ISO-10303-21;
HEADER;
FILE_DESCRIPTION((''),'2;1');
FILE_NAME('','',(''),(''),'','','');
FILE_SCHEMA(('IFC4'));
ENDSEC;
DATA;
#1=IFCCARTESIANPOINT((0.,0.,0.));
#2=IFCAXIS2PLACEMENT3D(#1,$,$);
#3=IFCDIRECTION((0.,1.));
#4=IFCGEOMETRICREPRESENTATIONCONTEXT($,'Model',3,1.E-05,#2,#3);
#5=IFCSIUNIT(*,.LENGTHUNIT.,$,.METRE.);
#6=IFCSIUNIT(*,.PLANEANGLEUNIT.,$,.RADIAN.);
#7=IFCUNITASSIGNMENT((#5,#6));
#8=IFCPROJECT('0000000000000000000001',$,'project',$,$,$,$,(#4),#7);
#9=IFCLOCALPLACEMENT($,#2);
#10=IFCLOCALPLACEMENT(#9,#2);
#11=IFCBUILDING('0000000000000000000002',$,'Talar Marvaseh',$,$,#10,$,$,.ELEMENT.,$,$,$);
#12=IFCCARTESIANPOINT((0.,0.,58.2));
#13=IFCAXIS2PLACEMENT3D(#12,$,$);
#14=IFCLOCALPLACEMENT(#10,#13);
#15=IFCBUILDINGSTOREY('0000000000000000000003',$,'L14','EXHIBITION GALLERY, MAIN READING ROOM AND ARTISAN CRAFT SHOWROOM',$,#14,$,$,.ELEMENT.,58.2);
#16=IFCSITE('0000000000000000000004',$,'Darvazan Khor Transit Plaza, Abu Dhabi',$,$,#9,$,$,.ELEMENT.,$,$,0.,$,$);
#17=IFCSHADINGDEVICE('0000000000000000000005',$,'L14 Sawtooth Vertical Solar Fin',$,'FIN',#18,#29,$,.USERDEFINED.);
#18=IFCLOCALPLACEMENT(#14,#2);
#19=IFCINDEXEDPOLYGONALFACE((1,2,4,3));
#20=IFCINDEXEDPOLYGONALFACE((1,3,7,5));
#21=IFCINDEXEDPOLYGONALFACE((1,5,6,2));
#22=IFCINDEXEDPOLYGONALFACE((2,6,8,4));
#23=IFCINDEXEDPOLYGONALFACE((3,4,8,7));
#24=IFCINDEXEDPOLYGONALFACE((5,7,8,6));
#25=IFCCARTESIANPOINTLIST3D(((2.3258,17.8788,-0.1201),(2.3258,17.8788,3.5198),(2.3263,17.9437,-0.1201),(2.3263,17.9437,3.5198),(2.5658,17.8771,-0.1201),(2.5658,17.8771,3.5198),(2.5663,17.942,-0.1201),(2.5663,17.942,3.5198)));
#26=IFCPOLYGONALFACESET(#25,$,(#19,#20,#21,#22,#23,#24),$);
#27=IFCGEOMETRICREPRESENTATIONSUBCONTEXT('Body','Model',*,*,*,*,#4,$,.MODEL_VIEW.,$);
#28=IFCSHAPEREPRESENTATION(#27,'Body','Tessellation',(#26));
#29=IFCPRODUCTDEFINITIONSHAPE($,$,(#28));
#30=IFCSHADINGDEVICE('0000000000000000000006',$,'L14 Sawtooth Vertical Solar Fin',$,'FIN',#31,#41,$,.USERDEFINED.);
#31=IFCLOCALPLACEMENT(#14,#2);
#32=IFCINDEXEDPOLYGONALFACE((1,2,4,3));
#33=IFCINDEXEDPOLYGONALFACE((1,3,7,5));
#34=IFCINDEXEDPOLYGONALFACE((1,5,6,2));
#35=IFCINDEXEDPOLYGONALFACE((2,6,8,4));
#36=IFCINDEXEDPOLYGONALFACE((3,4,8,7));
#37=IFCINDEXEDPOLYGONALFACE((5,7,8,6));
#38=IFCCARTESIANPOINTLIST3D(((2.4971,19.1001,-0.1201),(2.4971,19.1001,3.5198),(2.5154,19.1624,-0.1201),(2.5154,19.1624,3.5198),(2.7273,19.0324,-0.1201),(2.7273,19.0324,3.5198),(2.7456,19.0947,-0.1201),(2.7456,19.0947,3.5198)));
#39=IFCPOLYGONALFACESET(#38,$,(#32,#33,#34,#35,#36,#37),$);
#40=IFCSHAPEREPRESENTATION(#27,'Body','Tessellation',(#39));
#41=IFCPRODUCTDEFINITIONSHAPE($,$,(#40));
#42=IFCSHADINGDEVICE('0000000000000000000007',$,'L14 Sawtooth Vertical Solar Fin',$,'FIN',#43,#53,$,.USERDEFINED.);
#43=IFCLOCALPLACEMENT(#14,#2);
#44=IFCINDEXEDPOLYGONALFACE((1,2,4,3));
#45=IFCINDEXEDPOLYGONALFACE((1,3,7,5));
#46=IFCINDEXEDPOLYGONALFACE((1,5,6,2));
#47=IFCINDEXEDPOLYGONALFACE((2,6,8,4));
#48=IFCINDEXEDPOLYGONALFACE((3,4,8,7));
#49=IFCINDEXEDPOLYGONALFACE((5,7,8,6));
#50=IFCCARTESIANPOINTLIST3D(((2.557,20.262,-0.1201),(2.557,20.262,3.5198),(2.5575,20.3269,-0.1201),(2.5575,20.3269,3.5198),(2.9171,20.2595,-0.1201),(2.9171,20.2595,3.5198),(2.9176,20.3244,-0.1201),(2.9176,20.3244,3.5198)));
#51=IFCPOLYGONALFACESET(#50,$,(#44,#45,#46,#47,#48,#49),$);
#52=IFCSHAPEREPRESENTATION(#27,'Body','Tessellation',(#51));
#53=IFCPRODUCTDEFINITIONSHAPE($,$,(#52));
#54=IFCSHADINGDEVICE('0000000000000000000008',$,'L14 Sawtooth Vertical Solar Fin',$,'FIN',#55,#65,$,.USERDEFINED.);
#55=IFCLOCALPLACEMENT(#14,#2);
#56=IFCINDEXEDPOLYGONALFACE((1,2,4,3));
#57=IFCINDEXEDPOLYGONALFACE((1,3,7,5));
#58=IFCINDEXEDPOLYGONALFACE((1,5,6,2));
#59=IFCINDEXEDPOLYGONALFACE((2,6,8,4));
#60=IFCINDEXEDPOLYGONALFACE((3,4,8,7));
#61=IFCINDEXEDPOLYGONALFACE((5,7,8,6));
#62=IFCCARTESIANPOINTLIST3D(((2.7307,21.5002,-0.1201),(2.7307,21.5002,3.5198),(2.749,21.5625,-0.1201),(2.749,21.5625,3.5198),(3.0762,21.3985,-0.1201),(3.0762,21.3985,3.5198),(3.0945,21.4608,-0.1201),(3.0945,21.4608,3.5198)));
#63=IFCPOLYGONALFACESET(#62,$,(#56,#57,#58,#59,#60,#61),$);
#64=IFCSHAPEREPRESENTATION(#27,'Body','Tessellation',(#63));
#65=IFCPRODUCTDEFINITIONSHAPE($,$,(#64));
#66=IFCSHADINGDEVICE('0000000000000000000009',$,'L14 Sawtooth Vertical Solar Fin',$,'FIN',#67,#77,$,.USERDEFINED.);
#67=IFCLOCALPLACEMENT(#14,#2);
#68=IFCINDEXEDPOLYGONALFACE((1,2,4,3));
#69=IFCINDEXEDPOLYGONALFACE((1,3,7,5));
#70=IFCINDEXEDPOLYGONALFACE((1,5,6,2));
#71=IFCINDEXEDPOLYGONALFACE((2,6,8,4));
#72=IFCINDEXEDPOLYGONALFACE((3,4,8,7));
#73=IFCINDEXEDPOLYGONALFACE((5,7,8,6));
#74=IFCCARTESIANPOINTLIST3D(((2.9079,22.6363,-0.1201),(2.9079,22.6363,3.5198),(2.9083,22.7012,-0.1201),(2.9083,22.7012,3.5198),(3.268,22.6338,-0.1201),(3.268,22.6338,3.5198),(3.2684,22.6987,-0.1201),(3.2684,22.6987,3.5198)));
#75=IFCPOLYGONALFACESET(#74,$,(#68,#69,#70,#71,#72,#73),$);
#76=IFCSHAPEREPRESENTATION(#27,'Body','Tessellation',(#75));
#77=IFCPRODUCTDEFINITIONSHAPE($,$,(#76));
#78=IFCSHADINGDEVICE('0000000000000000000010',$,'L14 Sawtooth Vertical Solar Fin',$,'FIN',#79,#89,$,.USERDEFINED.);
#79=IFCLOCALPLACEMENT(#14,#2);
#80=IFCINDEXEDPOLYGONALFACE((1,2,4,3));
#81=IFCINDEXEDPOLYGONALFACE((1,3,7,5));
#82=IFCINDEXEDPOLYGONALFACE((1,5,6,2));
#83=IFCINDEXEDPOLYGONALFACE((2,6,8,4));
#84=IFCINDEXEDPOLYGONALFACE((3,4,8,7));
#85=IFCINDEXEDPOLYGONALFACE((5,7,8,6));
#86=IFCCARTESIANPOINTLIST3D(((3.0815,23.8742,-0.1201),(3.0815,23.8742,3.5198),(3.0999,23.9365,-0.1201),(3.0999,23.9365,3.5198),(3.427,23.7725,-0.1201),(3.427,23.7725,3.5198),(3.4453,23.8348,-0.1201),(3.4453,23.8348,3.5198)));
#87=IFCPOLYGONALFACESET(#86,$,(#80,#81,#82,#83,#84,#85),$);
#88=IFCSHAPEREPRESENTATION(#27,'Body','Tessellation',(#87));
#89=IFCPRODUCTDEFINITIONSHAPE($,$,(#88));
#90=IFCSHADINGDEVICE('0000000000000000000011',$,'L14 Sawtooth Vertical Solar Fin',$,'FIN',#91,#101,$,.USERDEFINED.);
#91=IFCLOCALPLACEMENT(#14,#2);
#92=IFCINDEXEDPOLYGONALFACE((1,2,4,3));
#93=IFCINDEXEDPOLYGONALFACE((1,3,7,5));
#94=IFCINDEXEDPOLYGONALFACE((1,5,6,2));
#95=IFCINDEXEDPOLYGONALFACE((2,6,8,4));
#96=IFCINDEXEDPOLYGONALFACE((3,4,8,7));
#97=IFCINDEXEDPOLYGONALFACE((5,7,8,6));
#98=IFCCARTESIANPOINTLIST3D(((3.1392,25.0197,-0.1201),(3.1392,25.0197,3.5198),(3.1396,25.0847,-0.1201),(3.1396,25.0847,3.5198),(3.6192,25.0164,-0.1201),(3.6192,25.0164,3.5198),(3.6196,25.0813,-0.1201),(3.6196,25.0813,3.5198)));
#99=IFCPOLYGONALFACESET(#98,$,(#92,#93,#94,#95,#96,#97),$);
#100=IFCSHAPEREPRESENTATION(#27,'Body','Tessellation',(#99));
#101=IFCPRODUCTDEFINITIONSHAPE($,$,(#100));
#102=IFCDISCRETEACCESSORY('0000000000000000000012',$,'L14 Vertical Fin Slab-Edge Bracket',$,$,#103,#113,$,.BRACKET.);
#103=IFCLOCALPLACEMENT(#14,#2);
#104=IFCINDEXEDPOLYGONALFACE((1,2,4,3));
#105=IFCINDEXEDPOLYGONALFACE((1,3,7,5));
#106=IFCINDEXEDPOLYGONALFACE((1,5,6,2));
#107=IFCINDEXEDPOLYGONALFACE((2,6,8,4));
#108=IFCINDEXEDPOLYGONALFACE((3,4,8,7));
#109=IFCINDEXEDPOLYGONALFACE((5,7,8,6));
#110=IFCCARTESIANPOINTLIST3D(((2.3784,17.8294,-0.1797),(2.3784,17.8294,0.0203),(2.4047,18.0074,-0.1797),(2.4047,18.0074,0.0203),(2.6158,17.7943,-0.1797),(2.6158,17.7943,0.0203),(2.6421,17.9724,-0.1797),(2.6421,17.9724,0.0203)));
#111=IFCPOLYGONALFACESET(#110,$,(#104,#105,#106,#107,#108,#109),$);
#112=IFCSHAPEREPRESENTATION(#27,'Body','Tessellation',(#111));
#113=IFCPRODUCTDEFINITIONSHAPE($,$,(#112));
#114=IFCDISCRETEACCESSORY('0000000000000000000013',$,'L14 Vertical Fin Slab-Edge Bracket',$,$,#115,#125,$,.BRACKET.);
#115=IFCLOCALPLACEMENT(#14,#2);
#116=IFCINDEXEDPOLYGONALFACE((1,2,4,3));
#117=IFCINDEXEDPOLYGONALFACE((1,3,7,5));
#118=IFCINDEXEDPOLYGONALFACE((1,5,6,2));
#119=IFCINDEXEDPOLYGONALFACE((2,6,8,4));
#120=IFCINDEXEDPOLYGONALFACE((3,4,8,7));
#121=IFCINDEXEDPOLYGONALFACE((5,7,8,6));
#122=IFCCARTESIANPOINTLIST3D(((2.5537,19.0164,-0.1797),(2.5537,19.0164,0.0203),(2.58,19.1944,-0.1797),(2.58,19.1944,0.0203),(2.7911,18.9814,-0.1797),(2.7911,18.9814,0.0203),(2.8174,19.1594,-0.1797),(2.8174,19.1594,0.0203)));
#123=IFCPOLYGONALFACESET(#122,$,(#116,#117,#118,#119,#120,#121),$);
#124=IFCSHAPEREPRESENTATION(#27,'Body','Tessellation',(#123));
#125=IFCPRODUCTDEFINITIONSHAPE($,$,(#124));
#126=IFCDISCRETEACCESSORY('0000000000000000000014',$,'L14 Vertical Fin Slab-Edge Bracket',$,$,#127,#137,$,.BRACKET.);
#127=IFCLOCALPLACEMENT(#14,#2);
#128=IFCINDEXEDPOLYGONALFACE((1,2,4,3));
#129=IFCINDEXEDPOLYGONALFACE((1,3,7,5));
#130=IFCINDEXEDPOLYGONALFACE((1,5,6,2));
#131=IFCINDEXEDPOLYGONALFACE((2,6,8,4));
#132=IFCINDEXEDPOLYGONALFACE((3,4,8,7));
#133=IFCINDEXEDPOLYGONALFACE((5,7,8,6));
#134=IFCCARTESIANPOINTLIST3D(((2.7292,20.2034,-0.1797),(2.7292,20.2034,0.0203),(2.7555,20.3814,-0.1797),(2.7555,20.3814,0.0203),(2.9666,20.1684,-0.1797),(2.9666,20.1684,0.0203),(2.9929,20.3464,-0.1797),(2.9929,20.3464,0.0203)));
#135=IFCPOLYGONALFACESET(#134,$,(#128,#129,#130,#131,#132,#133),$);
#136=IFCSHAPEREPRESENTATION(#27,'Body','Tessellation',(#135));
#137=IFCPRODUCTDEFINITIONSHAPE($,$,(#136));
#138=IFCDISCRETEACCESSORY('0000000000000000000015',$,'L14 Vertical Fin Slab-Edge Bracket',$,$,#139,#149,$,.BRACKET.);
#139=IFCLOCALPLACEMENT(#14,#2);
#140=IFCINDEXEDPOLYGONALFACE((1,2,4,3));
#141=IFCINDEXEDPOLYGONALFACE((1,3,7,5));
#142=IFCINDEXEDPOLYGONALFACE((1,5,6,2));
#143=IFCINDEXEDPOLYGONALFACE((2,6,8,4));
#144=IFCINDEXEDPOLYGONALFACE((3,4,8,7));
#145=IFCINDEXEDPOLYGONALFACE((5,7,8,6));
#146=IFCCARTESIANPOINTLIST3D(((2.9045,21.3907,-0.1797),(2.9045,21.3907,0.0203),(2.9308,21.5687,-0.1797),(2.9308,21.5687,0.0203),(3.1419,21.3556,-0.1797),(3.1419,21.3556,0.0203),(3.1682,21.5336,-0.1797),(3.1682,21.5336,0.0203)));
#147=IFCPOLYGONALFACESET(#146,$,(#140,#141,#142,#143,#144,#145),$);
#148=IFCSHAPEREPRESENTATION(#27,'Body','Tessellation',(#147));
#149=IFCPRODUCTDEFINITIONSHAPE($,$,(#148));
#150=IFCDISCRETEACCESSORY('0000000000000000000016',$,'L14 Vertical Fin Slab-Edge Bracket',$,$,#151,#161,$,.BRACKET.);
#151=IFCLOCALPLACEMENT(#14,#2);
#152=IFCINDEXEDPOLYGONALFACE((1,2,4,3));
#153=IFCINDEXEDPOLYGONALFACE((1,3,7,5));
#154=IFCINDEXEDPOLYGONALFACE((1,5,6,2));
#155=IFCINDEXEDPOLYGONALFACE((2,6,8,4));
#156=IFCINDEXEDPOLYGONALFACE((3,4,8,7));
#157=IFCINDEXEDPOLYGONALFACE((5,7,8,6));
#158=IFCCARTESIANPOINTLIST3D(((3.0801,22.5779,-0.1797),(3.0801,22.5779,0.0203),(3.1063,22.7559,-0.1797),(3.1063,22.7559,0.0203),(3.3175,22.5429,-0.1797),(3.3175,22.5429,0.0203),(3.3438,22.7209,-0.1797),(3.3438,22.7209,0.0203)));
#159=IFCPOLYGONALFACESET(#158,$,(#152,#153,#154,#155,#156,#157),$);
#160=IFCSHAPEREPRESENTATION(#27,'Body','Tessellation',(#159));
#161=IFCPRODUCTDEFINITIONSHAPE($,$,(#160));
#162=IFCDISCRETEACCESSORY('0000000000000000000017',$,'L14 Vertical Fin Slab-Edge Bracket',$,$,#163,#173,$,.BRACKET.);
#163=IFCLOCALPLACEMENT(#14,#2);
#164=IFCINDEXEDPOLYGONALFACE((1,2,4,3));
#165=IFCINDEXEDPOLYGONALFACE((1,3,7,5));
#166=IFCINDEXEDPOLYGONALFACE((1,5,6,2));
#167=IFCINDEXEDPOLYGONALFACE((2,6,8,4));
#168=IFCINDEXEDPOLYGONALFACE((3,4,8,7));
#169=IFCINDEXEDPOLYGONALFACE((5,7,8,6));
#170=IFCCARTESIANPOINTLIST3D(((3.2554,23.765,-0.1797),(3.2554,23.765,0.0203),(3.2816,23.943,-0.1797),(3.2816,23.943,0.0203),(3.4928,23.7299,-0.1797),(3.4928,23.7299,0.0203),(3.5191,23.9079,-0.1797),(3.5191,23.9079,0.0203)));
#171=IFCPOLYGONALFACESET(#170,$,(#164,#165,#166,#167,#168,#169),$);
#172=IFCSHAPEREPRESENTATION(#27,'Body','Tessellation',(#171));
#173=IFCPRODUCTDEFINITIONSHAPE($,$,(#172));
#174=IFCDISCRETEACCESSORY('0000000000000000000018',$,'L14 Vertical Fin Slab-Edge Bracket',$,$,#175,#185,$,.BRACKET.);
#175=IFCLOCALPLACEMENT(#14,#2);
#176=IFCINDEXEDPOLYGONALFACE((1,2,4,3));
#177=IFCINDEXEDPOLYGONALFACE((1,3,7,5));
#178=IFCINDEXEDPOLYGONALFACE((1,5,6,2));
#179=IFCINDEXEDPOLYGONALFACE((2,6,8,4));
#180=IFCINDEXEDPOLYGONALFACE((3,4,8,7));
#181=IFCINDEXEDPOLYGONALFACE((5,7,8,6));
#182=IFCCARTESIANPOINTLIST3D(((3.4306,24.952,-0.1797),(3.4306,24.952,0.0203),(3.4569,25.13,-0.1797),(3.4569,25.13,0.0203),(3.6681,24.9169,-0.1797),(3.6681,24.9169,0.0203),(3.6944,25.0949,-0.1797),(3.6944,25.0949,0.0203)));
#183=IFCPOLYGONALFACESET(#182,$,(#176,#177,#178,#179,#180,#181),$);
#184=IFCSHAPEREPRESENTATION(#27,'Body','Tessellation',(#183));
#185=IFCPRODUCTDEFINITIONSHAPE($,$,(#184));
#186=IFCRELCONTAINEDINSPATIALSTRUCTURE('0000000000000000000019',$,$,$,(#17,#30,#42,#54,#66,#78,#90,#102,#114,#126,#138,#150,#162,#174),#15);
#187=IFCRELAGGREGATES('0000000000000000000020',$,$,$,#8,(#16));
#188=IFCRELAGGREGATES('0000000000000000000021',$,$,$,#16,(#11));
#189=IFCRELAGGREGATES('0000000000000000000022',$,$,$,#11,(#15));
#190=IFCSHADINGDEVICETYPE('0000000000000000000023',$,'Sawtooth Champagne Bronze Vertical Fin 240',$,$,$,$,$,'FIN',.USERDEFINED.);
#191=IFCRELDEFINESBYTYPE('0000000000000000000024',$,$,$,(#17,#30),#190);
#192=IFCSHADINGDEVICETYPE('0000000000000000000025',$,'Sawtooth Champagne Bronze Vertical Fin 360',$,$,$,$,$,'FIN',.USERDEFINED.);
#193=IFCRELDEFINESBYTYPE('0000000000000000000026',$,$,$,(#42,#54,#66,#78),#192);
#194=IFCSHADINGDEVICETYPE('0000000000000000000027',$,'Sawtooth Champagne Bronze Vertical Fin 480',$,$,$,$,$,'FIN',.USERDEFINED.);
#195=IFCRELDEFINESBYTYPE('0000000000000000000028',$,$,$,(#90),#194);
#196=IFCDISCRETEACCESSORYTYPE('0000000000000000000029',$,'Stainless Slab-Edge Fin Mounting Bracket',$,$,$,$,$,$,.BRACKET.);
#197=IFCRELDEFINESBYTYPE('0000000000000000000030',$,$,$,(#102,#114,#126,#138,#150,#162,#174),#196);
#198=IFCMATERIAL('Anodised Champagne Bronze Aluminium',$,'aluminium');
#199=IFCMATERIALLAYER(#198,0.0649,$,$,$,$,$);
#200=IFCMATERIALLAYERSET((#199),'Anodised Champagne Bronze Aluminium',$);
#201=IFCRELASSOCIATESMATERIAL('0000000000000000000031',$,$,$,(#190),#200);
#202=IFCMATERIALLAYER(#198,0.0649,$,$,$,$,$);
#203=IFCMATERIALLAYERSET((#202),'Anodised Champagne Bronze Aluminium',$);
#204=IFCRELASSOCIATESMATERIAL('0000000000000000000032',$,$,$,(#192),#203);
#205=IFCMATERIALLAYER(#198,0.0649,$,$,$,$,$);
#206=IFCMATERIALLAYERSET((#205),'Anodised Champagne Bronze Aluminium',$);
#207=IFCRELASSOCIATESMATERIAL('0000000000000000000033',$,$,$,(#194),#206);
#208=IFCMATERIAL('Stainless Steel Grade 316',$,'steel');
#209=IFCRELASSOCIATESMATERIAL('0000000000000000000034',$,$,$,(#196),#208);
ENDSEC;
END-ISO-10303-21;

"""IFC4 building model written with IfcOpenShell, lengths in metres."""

from ifc_helpers import new_model, si_unit, direction, frame, origin, origin_2d, place, context, subcontext, project, spatial, rectangle, extrude, source, transform, mapped, material, layer, layer_set, type_object, type_shapes, element, save


model = new_model("IFC4")

# Units and contexts
model_context = context("Model", 3, precision=1e-05, world=origin(), true_north=direction((0.0, 1.0)))
body_context = subcontext(model_context, "Body", "Model", "MODEL_VIEW")
ifc_project = project(units=[si_unit("LENGTHUNIT", "METRE"), si_unit("PLANEANGLEUNIT", "RADIAN")], contexts=[model_context])

# Site, building, storey
site_placement = place(None, origin())
site = spatial("IfcSite", under=ifc_project, at=site_placement, Name="Darvazan Khor Transit Plaza, Abu Dhabi", CompositionType="ELEMENT", RefElevation=0.0)
building_placement = place(site_placement, origin())
building = spatial("IfcBuilding", under=site, at=building_placement, Name="Talar Marvaseh", CompositionType="ELEMENT")
storey_placement = place(building_placement, frame((0.0, 0.0, 58.2)))
storey = spatial("IfcBuildingStorey", under=building, at=storey_placement, Name="L14", Description="EXHIBITION GALLERY, MAIN READING ROOM AND ARTISAN CRAFT SHOWROOM", CompositionType="ELEMENT", Elevation=58.2)

# Shading devices
ifc_material_1 = material(Name="Anodised Champagne Bronze Aluminium", Category="aluminium")
ifc_layer_1 = layer(ifc_material_1, 0.0649)
ifc_layer_set_1 = layer_set([ifc_layer_1], Name="Anodised Champagne Bronze Aluminium")
shading_device_type_1 = type_object("IfcShadingDeviceType", Name="Sawtooth Champagne Bronze Vertical Fin 240", ElementType="FIN", PredefinedType="USERDEFINED", material=ifc_layer_set_1)
shared_shape_1 = source(origin(), body_context, "Body", "SweptSolid", [
    extrude(rectangle(XDim=0.24, YDim=0.0649, at=origin_2d()), origin(), (0.0, 0.0, 1.0), 3.6399),
])
type_shapes(shading_device_type_1, [shared_shape_1])
for number, where, z_axis, x_axis, name in (
    (1, (2.446, 17.9104, -0.1201), (0.0, 0.0, 1.0), (-0.999976, 0.006981, 0.0), "L14 Sawtooth Vertical Solar Fin"),
    (2, (2.6213, 19.0974, -0.1201), (0.0, 0.0, 1.0), (-0.959314, 0.282341, 0.0), "L14 Sawtooth Vertical Solar Fin"),
):
    element("IfcShadingDevice", number, at=place(storey_placement, frame(where, z_axis=z_axis, x_axis=x_axis)), inside=storey, type_object=shading_device_type_1, Name=name, ObjectType="FIN", PredefinedType="USERDEFINED", context=body_context, shape_type="MappedRepresentation", body=[
        mapped(shared_shape_1, transform((0.0, 0.0, 0.0), x_axis=(1.0, 0.0, 0.0), y_axis=(0.0, 1.0, 0.0), z_axis=(0.0, 0.0, 1.0), scale=1.0)),
    ])
ifc_layer_2 = layer(ifc_material_1, 0.0649)
ifc_layer_set_2 = layer_set([ifc_layer_2], Name="Anodised Champagne Bronze Aluminium")
shading_device_type_2 = type_object("IfcShadingDeviceType", Name="Sawtooth Champagne Bronze Vertical Fin 360", ElementType="FIN", PredefinedType="USERDEFINED", material=ifc_layer_set_2)
shared_shape_2 = source(origin(), body_context, "Body", "SweptSolid", [
    extrude(rectangle(XDim=0.3601, YDim=0.0649, at=origin_2d()), origin(), (0.0, 0.0, 1.0), 3.6399),
])
type_shapes(shading_device_type_2, [shared_shape_2])
for number, where, z_axis, x_axis, name in (
    (3, (2.7373, 20.2932, -0.1201), (0.0, 0.0, 1.0), (-0.999976, 0.006981, 0.0), "L14 Sawtooth Vertical Solar Fin"),
    (4, (2.9126, 21.4805, -0.1201), (0.0, 0.0, 1.0), (-0.959314, 0.282341, 0.0), "L14 Sawtooth Vertical Solar Fin"),
    (5, (3.0881, 22.6675, -0.1201), (0.0, 0.0, 1.0), (-0.999976, 0.006981, 0.0), "L14 Sawtooth Vertical Solar Fin"),
    (6, (3.2634, 23.8545, -0.1201), (0.0, 0.0, 1.0), (-0.959314, 0.282341, 0.0), "L14 Sawtooth Vertical Solar Fin"),
):
    element("IfcShadingDevice", number, at=place(storey_placement, frame(where, z_axis=z_axis, x_axis=x_axis)), inside=storey, type_object=shading_device_type_2, Name=name, ObjectType="FIN", PredefinedType="USERDEFINED", context=body_context, shape_type="MappedRepresentation", body=[
        mapped(shared_shape_2, transform((0.0, 0.0, 0.0), x_axis=(1.0, 0.0, 0.0), y_axis=(0.0, 1.0, 0.0), z_axis=(0.0, 0.0, 1.0), scale=1.0)),
    ])
ifc_layer_3 = layer(ifc_material_1, 0.0649)
ifc_layer_set_3 = layer_set([ifc_layer_3], Name="Anodised Champagne Bronze Aluminium")
shading_device_type_3 = type_object("IfcShadingDeviceType", Name="Sawtooth Champagne Bronze Vertical Fin 480", ElementType="FIN", PredefinedType="USERDEFINED", material=ifc_layer_set_3)
shared_shape_3 = source(origin(), body_context, "Body", "SweptSolid", [
    extrude(rectangle(XDim=0.48, YDim=0.0649, at=origin_2d()), origin(), (0.0, 0.0, 1.0), 3.6399),
])
type_shapes(shading_device_type_3, [shared_shape_3])
shading_device_placement = place(storey_placement, frame((3.3794, 25.0505, -0.1201), z_axis=(0.0, 0.0, 1.0), x_axis=(-0.999976, 0.006981, 0.0)))
element("IfcShadingDevice", 7, at=shading_device_placement, inside=storey, type_object=shading_device_type_3, Name="L14 Sawtooth Vertical Solar Fin", ObjectType="FIN", PredefinedType="USERDEFINED", context=body_context, shape_type="MappedRepresentation", body=[
    mapped(shared_shape_3, transform((0.0, 0.0, 0.0), x_axis=(1.0, 0.0, 0.0), y_axis=(0.0, 1.0, 0.0), z_axis=(0.0, 0.0, 1.0), scale=1.0)),
])

# Discrete accessories
ifc_material_2 = material(Name="Stainless Steel Grade 316", Category="steel")
discrete_accessory_type = type_object("IfcDiscreteAccessoryType", Name="Stainless Slab-Edge Fin Mounting Bracket", PredefinedType="BRACKET", material=ifc_material_2)
shared_shape_4 = source(origin(), body_context, "Body", "SweptSolid", [
    extrude(rectangle(XDim=0.24, YDim=0.1799, at=origin_2d()), origin(), (0.0, 0.0, 1.0), 0.2),
])
type_shapes(discrete_accessory_type, [shared_shape_4])
for number, where, z_axis, x_axis, name in (
    (8, (2.5103, 17.9009, -0.1797), (0.0, 0.0, 1.0), (-0.989272, 0.146083, 0.0), "L14 Vertical Fin Slab-Edge Bracket"),
    (9, (2.6855, 19.0879, -0.1797), (0.0, 0.0, 1.0), (-0.989272, 0.146083, 0.0), "L14 Vertical Fin Slab-Edge Bracket"),
    (10, (2.8611, 20.2749, -0.1797), (0.0, 0.0, 1.0), (-0.989272, 0.146083, 0.0), "L14 Vertical Fin Slab-Edge Bracket"),
    (11, (3.0364, 21.4622, -0.1797), (0.0, 0.0, 1.0), (-0.989272, 0.146083, 0.0), "L14 Vertical Fin Slab-Edge Bracket"),
    (12, (3.2119, 22.6494, -0.1797), (0.0, 0.0, 1.0), (-0.989272, 0.146083, 0.0), "L14 Vertical Fin Slab-Edge Bracket"),
    (13, (3.3872, 23.8364, -0.1797), (0.0, 0.0, 1.0), (-0.989272, 0.146083, 0.0), "L14 Vertical Fin Slab-Edge Bracket"),
    (14, (3.5625, 25.0234, -0.1797), (0.0, 0.0, 1.0), (-0.989272, 0.146083, 0.0), "L14 Vertical Fin Slab-Edge Bracket"),
):
    element("IfcDiscreteAccessory", number, at=place(storey_placement, frame(where, z_axis=z_axis, x_axis=x_axis)), inside=storey, type_object=discrete_accessory_type, Name=name, PredefinedType="BRACKET", context=body_context, shape_type="MappedRepresentation", body=[
        mapped(shared_shape_4, transform((0.0, 0.0, 0.0), x_axis=(1.0, 0.0, 0.0), y_axis=(0.0, 1.0, 0.0), z_axis=(0.0, 0.0, 1.0), scale=1.0)),
    ])

save(model, "model.ifc")
